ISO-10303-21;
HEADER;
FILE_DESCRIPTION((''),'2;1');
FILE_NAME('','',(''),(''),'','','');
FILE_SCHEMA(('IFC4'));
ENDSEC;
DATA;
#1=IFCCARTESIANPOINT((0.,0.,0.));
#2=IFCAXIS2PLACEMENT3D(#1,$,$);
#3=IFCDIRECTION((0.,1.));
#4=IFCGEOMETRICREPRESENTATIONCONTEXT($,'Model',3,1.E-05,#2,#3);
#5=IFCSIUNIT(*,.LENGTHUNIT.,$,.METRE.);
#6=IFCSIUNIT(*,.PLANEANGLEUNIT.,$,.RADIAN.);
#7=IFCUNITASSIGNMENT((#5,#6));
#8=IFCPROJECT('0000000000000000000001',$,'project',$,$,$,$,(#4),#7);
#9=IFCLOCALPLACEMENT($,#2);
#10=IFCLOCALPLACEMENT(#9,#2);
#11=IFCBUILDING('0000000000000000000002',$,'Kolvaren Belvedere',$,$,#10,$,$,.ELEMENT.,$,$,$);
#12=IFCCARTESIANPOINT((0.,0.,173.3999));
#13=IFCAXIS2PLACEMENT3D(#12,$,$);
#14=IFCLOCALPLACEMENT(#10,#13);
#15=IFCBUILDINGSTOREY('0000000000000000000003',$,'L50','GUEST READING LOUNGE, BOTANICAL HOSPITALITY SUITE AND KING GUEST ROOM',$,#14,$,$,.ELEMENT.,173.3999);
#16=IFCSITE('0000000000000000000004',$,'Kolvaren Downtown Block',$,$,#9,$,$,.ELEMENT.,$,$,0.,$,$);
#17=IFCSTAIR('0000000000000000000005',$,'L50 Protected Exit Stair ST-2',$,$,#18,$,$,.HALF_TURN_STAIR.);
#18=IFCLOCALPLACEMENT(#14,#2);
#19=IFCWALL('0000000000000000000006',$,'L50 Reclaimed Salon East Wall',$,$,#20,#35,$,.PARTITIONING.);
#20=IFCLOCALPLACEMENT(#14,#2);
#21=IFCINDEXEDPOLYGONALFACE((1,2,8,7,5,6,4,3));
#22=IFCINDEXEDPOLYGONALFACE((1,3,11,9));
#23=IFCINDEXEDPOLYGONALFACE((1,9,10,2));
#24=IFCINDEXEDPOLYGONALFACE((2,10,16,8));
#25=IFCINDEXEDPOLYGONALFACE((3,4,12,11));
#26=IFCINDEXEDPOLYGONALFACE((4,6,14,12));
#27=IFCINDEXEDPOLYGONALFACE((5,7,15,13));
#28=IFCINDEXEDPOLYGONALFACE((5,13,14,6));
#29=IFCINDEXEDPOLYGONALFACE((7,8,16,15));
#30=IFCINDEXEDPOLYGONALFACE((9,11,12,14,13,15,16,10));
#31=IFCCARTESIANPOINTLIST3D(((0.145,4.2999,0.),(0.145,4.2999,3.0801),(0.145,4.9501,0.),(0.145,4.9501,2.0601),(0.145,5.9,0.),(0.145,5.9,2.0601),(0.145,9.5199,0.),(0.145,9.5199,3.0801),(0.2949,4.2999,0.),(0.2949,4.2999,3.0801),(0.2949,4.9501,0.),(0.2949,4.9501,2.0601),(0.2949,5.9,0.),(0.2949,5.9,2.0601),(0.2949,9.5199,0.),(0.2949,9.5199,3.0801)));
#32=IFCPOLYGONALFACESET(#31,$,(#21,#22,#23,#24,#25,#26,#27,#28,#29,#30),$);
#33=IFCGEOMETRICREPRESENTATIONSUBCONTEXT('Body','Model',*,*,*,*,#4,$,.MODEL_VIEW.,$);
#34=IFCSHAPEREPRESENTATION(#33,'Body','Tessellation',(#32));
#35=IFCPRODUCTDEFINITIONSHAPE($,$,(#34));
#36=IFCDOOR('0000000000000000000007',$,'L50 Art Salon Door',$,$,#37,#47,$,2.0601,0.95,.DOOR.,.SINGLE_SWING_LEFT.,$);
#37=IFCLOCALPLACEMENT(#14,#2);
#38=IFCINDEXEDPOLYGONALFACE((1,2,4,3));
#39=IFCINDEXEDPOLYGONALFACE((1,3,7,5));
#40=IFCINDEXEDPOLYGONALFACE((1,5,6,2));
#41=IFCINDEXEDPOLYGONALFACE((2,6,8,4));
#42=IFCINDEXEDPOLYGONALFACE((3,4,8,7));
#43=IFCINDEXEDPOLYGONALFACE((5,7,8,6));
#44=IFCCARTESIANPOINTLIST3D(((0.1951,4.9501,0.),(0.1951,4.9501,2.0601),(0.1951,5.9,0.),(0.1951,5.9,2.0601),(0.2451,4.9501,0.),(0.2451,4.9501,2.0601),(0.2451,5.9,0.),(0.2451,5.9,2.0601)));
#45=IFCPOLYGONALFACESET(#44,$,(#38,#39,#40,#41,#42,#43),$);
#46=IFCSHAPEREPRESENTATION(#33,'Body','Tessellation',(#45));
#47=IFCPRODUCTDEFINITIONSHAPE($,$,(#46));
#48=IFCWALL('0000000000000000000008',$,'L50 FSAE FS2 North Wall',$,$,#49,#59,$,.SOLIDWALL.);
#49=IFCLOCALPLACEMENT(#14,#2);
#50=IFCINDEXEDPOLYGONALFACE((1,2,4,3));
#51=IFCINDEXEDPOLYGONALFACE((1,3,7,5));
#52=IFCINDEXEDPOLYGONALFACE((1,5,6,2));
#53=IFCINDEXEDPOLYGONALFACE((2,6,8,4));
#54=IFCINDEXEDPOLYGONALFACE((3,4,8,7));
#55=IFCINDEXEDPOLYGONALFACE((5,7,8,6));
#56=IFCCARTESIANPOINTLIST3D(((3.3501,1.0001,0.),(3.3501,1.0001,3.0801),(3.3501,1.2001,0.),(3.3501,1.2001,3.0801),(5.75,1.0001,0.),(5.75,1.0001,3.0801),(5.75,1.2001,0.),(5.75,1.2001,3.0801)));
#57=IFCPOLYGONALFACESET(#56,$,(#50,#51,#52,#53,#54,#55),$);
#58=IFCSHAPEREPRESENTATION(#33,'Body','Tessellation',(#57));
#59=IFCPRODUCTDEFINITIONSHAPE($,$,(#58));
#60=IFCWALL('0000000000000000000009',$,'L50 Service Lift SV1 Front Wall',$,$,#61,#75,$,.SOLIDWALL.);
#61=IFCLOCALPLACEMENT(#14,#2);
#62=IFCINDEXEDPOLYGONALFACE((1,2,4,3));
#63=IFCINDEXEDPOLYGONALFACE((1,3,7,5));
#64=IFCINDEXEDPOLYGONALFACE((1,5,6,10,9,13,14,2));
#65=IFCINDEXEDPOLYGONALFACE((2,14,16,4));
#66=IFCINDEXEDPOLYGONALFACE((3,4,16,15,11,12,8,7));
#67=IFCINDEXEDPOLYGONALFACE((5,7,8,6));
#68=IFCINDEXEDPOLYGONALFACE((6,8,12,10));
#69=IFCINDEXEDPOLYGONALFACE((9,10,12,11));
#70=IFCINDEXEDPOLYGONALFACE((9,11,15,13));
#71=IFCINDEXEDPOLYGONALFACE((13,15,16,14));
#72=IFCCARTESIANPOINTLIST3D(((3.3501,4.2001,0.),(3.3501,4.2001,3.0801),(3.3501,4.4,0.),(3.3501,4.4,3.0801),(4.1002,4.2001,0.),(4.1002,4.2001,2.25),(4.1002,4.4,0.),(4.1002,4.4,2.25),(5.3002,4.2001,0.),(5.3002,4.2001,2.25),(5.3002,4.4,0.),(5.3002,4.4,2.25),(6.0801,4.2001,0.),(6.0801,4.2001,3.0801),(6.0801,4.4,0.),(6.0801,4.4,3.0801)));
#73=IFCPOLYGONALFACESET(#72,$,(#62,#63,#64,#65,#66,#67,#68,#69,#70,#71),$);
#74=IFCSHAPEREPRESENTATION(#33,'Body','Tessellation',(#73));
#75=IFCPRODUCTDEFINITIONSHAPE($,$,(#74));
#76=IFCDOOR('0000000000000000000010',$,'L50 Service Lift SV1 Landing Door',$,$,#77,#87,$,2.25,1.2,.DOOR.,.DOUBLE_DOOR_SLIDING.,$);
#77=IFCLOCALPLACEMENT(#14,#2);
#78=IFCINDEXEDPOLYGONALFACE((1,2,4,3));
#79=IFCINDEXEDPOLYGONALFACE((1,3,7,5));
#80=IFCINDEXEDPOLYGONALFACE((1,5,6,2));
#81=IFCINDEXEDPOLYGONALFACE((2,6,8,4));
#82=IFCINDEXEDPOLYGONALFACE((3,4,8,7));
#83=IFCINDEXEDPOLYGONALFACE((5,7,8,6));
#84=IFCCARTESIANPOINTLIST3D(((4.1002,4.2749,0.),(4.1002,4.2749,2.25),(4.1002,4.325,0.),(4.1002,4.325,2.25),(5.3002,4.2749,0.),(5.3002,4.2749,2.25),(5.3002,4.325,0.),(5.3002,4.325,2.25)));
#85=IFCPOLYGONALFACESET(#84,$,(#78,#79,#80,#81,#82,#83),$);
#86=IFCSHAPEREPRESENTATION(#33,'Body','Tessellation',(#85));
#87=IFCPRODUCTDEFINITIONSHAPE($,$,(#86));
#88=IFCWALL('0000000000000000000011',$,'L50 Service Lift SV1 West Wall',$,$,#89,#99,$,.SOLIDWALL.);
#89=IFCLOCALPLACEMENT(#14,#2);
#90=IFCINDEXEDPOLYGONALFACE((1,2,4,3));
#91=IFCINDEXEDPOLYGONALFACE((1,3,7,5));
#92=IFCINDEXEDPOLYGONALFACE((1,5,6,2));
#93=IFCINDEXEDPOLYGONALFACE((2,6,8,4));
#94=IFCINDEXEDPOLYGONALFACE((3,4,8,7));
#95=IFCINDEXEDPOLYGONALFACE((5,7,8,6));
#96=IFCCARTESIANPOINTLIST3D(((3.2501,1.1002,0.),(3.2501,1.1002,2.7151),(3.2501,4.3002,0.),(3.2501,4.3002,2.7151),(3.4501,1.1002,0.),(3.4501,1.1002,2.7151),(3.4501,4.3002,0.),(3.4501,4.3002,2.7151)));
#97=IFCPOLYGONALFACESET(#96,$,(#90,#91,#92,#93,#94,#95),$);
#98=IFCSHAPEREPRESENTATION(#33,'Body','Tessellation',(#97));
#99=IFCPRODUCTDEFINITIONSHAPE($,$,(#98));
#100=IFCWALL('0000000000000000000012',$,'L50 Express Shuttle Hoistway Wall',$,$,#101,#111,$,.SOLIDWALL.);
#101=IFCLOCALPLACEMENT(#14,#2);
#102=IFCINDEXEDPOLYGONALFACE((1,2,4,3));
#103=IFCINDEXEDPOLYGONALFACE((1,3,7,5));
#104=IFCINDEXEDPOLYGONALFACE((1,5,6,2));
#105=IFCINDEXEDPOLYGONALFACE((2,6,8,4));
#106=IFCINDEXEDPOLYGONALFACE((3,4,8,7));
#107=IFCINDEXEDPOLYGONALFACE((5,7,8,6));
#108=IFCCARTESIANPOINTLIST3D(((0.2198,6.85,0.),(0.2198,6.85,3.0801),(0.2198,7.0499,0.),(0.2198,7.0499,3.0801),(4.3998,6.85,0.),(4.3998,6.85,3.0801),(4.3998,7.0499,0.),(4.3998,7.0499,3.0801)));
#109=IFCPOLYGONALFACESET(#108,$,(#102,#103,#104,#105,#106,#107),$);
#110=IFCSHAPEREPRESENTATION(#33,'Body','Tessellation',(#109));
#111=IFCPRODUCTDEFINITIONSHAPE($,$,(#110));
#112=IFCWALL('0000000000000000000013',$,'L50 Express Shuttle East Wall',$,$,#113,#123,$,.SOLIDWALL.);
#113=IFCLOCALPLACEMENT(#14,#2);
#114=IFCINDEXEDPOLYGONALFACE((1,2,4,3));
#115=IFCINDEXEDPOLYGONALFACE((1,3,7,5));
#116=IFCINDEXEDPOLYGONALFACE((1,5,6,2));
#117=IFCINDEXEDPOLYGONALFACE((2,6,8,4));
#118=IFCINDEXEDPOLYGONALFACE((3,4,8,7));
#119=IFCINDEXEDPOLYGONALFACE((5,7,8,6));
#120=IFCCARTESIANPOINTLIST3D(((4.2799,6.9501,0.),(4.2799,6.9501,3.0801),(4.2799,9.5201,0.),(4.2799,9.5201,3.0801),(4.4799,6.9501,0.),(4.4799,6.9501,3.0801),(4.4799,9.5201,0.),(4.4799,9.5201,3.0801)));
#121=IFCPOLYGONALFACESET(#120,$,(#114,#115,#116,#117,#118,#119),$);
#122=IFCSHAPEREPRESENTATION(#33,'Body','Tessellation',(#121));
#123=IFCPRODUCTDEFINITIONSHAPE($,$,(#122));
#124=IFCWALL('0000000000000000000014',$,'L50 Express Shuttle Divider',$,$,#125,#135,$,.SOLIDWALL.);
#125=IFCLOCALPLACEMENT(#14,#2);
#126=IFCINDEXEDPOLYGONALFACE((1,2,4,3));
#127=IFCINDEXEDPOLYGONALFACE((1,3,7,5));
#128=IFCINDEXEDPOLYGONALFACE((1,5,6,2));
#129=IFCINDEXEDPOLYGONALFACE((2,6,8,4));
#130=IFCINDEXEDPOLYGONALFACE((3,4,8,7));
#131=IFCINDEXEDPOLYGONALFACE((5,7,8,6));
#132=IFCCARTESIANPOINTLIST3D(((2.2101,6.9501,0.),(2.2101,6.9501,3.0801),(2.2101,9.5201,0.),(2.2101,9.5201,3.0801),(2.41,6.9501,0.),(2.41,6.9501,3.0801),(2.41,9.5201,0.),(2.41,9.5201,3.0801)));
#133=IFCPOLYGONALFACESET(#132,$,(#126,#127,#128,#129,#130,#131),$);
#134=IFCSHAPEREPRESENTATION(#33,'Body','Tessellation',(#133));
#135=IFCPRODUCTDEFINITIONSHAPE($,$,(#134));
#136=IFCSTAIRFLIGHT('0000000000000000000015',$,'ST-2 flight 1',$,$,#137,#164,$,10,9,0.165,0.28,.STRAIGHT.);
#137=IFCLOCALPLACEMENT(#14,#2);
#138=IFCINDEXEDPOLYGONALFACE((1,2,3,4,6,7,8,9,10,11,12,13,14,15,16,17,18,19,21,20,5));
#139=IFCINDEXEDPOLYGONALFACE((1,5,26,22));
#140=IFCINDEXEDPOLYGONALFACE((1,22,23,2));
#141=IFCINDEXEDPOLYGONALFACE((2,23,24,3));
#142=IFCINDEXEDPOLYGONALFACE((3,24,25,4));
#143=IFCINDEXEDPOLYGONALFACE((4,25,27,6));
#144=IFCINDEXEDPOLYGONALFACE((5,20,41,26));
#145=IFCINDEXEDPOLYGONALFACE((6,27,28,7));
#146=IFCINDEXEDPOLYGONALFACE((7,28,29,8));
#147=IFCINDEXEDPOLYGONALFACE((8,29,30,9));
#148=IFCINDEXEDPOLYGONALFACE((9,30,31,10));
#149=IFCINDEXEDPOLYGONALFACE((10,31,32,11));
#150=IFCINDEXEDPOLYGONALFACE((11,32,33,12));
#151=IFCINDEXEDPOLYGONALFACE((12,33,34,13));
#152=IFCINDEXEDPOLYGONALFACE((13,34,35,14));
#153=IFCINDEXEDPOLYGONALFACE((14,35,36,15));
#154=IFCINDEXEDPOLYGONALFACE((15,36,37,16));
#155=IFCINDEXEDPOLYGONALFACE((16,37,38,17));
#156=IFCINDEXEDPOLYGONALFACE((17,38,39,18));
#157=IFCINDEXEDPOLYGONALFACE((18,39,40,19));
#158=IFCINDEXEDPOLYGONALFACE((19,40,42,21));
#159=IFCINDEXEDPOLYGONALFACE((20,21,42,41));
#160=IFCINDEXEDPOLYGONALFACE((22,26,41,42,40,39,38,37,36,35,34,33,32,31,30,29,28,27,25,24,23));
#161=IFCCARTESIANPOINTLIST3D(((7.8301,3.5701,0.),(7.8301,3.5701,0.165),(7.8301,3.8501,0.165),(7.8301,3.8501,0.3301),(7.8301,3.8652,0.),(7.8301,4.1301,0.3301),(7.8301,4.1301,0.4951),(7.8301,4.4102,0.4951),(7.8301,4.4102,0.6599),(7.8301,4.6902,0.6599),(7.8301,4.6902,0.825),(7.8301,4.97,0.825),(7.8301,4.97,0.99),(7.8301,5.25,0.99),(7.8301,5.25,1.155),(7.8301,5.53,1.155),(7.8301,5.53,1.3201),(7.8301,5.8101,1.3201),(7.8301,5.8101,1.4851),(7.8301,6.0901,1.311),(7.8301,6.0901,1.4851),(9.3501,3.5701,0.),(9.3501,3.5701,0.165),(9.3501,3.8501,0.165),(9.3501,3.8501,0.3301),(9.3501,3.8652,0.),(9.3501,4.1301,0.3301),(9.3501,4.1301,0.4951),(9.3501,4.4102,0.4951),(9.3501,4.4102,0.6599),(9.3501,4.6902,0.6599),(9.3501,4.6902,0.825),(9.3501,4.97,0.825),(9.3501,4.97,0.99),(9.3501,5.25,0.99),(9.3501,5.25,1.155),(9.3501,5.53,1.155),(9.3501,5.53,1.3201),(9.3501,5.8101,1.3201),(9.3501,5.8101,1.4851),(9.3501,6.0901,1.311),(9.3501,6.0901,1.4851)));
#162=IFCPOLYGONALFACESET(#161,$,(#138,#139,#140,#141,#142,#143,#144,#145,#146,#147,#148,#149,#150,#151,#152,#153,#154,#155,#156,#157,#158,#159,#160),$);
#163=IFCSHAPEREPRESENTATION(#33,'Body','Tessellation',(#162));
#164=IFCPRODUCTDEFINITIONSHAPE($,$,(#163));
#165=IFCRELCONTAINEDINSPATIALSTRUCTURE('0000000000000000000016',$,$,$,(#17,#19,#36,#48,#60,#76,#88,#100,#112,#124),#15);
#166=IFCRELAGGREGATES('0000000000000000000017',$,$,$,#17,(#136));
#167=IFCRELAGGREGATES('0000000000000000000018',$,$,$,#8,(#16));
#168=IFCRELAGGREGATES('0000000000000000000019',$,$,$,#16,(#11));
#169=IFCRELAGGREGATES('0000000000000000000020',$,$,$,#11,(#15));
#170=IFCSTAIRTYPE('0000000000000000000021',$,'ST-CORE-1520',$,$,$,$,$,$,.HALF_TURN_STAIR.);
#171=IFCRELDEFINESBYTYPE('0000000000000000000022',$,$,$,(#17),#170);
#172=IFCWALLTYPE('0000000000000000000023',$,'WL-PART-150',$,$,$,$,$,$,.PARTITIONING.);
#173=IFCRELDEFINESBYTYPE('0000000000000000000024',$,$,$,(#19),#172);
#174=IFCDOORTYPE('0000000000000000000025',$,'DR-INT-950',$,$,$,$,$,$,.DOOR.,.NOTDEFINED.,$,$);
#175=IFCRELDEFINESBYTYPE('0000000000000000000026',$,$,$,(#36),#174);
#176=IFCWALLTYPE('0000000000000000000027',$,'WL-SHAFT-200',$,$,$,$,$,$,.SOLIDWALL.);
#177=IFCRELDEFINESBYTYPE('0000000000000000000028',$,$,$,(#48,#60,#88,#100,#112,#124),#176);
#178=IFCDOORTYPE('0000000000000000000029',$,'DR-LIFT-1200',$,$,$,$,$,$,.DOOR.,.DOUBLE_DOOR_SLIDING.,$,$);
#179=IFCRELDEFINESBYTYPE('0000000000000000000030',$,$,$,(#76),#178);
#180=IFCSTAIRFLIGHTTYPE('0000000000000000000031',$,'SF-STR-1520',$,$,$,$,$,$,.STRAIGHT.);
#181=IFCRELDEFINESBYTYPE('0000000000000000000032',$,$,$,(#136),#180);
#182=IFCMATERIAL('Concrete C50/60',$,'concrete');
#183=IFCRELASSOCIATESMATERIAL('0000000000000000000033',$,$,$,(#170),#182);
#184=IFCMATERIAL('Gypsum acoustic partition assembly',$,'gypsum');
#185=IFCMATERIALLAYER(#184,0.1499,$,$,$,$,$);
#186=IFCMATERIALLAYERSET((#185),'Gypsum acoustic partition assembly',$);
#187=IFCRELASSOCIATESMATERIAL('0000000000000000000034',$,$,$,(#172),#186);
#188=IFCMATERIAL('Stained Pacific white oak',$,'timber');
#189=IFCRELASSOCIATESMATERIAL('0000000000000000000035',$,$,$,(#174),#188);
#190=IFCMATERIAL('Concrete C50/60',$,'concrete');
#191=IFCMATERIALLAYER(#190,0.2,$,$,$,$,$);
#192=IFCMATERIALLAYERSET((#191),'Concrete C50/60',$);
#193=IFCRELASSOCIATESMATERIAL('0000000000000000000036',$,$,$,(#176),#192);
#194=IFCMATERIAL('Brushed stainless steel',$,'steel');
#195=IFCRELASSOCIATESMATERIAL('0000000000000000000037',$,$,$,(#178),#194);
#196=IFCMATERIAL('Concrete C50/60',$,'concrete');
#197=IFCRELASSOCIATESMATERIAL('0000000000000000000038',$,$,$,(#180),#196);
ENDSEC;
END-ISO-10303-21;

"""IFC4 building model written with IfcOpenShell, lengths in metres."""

from ifc_helpers import new_model, si_unit, direction, frame, frame_2d, origin, place, context, subcontext, project, spatial, polyline, rectangle, outline, extrude, material, layer, layer_set, type_object, element, fill, aggregate, save


model = new_model("IFC4")

# Units and contexts
model_context = context("Model", 3, precision=1e-05, world=origin(), true_north=direction((0.0, 1.0)))
body_context = subcontext(model_context, "Body", "Model", "MODEL_VIEW")
ifc_project = project(units=[si_unit("LENGTHUNIT", "METRE"), si_unit("PLANEANGLEUNIT", "RADIAN")], contexts=[model_context])

# Site, building, storey
site_placement = place(None, origin())
site = spatial("IfcSite", under=ifc_project, at=site_placement, Name="Kolvaren Downtown Block", CompositionType="ELEMENT", RefElevation=0.0)
building_placement = place(site_placement, origin())
building = spatial("IfcBuilding", under=site, at=building_placement, Name="Kolvaren Belvedere", CompositionType="ELEMENT")
storey_placement = place(building_placement, frame((0.0, 0.0, 173.3999)))
storey = spatial("IfcBuildingStorey", under=building, at=storey_placement, Name="L50", Description="GUEST READING LOUNGE, BOTANICAL HOSPITALITY SUITE AND KING GUEST ROOM", CompositionType="ELEMENT", Elevation=173.3999)

# Stair
ifc_material_1 = material(Name="Concrete C50/60", Category="concrete")
stair_type = type_object("IfcStairType", Name="ST-CORE-1520", PredefinedType="HALF_TURN_STAIR", material=ifc_material_1)
stair_1_placement = place(storey_placement, origin())
stair_1 = element("IfcStair", 1, at=stair_1_placement, inside=storey, type_object=stair_type, Name="L50 Protected Exit Stair ST-2", PredefinedType="HALF_TURN_STAIR")

# Wall, opening, door
ifc_material_2 = material(Name="Gypsum acoustic partition assembly", Category="gypsum")
ifc_layer_1 = layer(ifc_material_2, 0.1499)
ifc_layer_set_1 = layer_set([ifc_layer_1], Name="Gypsum acoustic partition assembly")
wall_type_1 = type_object("IfcWallType", Name="WL-PART-150", PredefinedType="PARTITIONING", material=ifc_layer_set_1)
wall_1_placement = place(storey_placement, frame((0.22, 4.3, 0.0), z_axis=(0.0, 0.0, 1.0), x_axis=(0.0, 1.0, 0.0)))
wall_1 = element("IfcWall", 2, at=wall_1_placement, inside=storey, type_object=wall_type_1, Name="L50 Reclaimed Salon East Wall", PredefinedType="PARTITIONING", context=body_context, shape_type="SweptSolid", body=[
    extrude(rectangle(XDim=5.22, YDim=0.1499, at=frame_2d((2.6099, 0.0))), origin(), (0.0, 0.0, 1.0), 3.0801),
])
opening_1_placement = place(wall_1_placement, frame((0.6499, 0.0, 0.0)))
opening_1 = element("IfcOpeningElement", 3, at=opening_1_placement, cuts=wall_1, PredefinedType="OPENING", context=body_context, shape_type="SweptSolid", body=[
    extrude(rectangle(XDim=0.95, YDim=2.0601, at=frame_2d((0.4751, 1.03))), frame((0.0, 0.085, 0.0), z_axis=(0.0, -1.0, 0.0), x_axis=(1.0, 0.0, 0.0)), (0.0, 0.0, 1.0), 0.1699),
])
ifc_material_3 = material(Name="Stained Pacific white oak", Category="timber")
door_type_1 = type_object("IfcDoorType", Name="DR-INT-950", OperationType="NOTDEFINED", PredefinedType="DOOR", material=ifc_material_3)
door_1_placement = place(opening_1_placement, origin())
door_1 = element("IfcDoor", 4, at=door_1_placement, inside=storey, type_object=door_type_1, Name="L50 Art Salon Door", OperationType="SINGLE_SWING_LEFT", OverallHeight=2.0601, OverallWidth=0.95, PredefinedType="DOOR", context=body_context, shape_type="SweptSolid", body=[
    extrude(rectangle(XDim=0.95, YDim=2.0601, at=frame_2d((0.4751, 1.03))), frame((0.0, 0.0249, 0.0), z_axis=(0.0, -1.0, 0.0), x_axis=(1.0, 0.0, 0.0)), (0.0, 0.0, 1.0), 0.05),
])
fill(opening_1, door_1)

# Wall
ifc_material_4 = material(Name="Concrete C50/60", Category="concrete")
ifc_layer_2 = layer(ifc_material_4, 0.2)
ifc_layer_set_2 = layer_set([ifc_layer_2], Name="Concrete C50/60")
wall_type_2 = type_object("IfcWallType", Name="WL-SHAFT-200", PredefinedType="SOLIDWALL", material=ifc_layer_set_2)
wall_2_placement = place(storey_placement, frame((3.3501, 1.1001, 0.0), z_axis=(0.0, 0.0, 1.0), x_axis=(1.0, 0.0, 0.0)))
element("IfcWall", 5, at=wall_2_placement, inside=storey, type_object=wall_type_2, Name="L50 FSAE FS2 North Wall", PredefinedType="SOLIDWALL", context=body_context, shape_type="SweptSolid", body=[
    extrude(rectangle(XDim=2.3999, YDim=0.2, at=frame_2d((1.2, 0.0))), origin(), (0.0, 0.0, 1.0), 3.0801),
])

# Wall, opening, door
wall_3_placement = place(storey_placement, frame((3.3501, 4.3, 0.0), z_axis=(0.0, 0.0, 1.0), x_axis=(1.0, 0.0, 0.0)))
wall_3 = element("IfcWall", 6, at=wall_3_placement, inside=storey, type_object=wall_type_2, Name="L50 Service Lift SV1 Front Wall", PredefinedType="SOLIDWALL", context=body_context, shape_type="SweptSolid", body=[
    extrude(rectangle(XDim=2.73, YDim=0.2, at=frame_2d((1.365, 0.0))), origin(), (0.0, 0.0, 1.0), 3.0801),
])
opening_2_placement = place(wall_3_placement, frame((0.75, 0.0, 0.0)))
opening_2 = element("IfcOpeningElement", 7, at=opening_2_placement, cuts=wall_3, PredefinedType="OPENING", context=body_context, shape_type="SweptSolid", body=[
    extrude(rectangle(XDim=1.2, YDim=2.25, at=frame_2d((0.6001, 1.125))), frame((0.0, 0.1099, 0.0), z_axis=(0.0, -1.0, 0.0), x_axis=(1.0, 0.0, 0.0)), (0.0, 0.0, 1.0), 0.22),
])
ifc_material_5 = material(Name="Brushed stainless steel", Category="steel")
door_type_2 = type_object("IfcDoorType", Name="DR-LIFT-1200", OperationType="DOUBLE_DOOR_SLIDING", PredefinedType="DOOR", material=ifc_material_5)
door_2_placement = place(opening_2_placement, origin())
door_2 = element("IfcDoor", 8, at=door_2_placement, inside=storey, type_object=door_type_2, Name="L50 Service Lift SV1 Landing Door", OperationType="DOUBLE_DOOR_SLIDING", OverallHeight=2.25, OverallWidth=1.2, PredefinedType="DOOR", context=body_context, shape_type="SweptSolid", body=[
    extrude(rectangle(XDim=1.2, YDim=2.25, at=frame_2d((0.6001, 1.125))), frame((0.0, 0.0249, 0.0), z_axis=(0.0, -1.0, 0.0), x_axis=(1.0, 0.0, 0.0)), (0.0, 0.0, 1.0), 0.05),
])
fill(opening_2, door_2)

# Walls
wall_4_placement = place(storey_placement, frame((3.3501, 1.1001, 0.0), z_axis=(0.0, 0.0, 1.0), x_axis=(0.0, 1.0, 0.0)))
element("IfcWall", 9, at=wall_4_placement, inside=storey, type_object=wall_type_2, Name="L50 Service Lift SV1 West Wall", PredefinedType="SOLIDWALL", context=body_context, shape_type="SweptSolid", body=[
    extrude(rectangle(XDim=3.2, YDim=0.2, at=frame_2d((1.6001, 0.0))), origin(), (0.0, 0.0, 1.0), 2.7151),
])
wall_5_placement = place(storey_placement, frame((0.22, 6.95, 0.0), z_axis=(0.0, 0.0, 1.0), x_axis=(1.0, 0.0, 0.0)))
element("IfcWall", 10, at=wall_5_placement, inside=storey, type_object=wall_type_2, Name="L50 Express Shuttle Hoistway Wall", PredefinedType="SOLIDWALL", context=body_context, shape_type="SweptSolid", body=[
    extrude(rectangle(XDim=4.1799, YDim=0.2, at=frame_2d((2.0898, 0.0))), origin(), (0.0, 0.0, 1.0), 3.0801),
])
for number, where, z_axis, x_axis, name in (
    (11, (4.3799, 6.95, 0.0), (0.0, 0.0, 1.0), (0.0, 1.0, 0.0), "L50 Express Shuttle East Wall"),
    (12, (2.3101, 6.95, 0.0), (0.0, 0.0, 1.0), (0.0, 1.0, 0.0), "L50 Express Shuttle Divider"),
):
    element("IfcWall", number, at=place(storey_placement, frame(where, z_axis=z_axis, x_axis=x_axis)), inside=storey, type_object=wall_type_2, Name=name, PredefinedType="SOLIDWALL", context=body_context, shape_type="SweptSolid", body=[
        extrude(rectangle(XDim=2.5701, YDim=0.2, at=frame_2d((1.2852, 0.0))), origin(), (0.0, 0.0, 1.0), 3.0801),
    ])

# Stair flight
ifc_material_6 = material(Name="Concrete C50/60", Category="concrete")
stair_flight_type = type_object("IfcStairFlightType", Name="SF-STR-1520", PredefinedType="STRAIGHT", material=ifc_material_6)
stair_flight_1_placement = place(storey_placement, frame((8.5901, 3.5701, 0.0), z_axis=(0.0, 0.0, 1.0), x_axis=(0.0, 1.0, 0.0)))
stair_flight_1 = element("IfcStairFlight", 13, at=stair_flight_1_placement, type_object=stair_flight_type, Name="ST-2 flight 1", NumberOfRisers=10, NumberOfTreads=9, PredefinedType="STRAIGHT", RiserHeight=0.165, TreadLength=0.28, context=body_context, shape_type="SweptSolid", body=[
    extrude(outline(polyline([(0.0, 0.0), (0.0, 0.165), (0.28, 0.165), (0.28, 0.3301), (0.5601, 0.3301), (0.5601, 0.4951), (0.8401, 0.4951), (0.8401, 0.6599), (1.1201, 0.6599), (1.1201, 0.825), (1.3999, 0.825), (1.3999, 0.99), (1.6799, 0.99), (1.6799, 1.155), (1.96, 1.155), (1.96, 1.3201), (2.24, 1.3201), (2.24, 1.4851), (2.52, 1.4851), (2.52, 1.6499), (2.52, 1.311), (0.2952, 0.0), (0.0, 0.0)])), frame((0.0, 0.76, 0.0), z_axis=(0.0, -1.0, 0.0), x_axis=(1.0, 0.0, 0.0)), (0.0, 0.0, 1.0), 1.52),
])
aggregate(stair_1, [stair_flight_1])

save(model, "model.ifc")
